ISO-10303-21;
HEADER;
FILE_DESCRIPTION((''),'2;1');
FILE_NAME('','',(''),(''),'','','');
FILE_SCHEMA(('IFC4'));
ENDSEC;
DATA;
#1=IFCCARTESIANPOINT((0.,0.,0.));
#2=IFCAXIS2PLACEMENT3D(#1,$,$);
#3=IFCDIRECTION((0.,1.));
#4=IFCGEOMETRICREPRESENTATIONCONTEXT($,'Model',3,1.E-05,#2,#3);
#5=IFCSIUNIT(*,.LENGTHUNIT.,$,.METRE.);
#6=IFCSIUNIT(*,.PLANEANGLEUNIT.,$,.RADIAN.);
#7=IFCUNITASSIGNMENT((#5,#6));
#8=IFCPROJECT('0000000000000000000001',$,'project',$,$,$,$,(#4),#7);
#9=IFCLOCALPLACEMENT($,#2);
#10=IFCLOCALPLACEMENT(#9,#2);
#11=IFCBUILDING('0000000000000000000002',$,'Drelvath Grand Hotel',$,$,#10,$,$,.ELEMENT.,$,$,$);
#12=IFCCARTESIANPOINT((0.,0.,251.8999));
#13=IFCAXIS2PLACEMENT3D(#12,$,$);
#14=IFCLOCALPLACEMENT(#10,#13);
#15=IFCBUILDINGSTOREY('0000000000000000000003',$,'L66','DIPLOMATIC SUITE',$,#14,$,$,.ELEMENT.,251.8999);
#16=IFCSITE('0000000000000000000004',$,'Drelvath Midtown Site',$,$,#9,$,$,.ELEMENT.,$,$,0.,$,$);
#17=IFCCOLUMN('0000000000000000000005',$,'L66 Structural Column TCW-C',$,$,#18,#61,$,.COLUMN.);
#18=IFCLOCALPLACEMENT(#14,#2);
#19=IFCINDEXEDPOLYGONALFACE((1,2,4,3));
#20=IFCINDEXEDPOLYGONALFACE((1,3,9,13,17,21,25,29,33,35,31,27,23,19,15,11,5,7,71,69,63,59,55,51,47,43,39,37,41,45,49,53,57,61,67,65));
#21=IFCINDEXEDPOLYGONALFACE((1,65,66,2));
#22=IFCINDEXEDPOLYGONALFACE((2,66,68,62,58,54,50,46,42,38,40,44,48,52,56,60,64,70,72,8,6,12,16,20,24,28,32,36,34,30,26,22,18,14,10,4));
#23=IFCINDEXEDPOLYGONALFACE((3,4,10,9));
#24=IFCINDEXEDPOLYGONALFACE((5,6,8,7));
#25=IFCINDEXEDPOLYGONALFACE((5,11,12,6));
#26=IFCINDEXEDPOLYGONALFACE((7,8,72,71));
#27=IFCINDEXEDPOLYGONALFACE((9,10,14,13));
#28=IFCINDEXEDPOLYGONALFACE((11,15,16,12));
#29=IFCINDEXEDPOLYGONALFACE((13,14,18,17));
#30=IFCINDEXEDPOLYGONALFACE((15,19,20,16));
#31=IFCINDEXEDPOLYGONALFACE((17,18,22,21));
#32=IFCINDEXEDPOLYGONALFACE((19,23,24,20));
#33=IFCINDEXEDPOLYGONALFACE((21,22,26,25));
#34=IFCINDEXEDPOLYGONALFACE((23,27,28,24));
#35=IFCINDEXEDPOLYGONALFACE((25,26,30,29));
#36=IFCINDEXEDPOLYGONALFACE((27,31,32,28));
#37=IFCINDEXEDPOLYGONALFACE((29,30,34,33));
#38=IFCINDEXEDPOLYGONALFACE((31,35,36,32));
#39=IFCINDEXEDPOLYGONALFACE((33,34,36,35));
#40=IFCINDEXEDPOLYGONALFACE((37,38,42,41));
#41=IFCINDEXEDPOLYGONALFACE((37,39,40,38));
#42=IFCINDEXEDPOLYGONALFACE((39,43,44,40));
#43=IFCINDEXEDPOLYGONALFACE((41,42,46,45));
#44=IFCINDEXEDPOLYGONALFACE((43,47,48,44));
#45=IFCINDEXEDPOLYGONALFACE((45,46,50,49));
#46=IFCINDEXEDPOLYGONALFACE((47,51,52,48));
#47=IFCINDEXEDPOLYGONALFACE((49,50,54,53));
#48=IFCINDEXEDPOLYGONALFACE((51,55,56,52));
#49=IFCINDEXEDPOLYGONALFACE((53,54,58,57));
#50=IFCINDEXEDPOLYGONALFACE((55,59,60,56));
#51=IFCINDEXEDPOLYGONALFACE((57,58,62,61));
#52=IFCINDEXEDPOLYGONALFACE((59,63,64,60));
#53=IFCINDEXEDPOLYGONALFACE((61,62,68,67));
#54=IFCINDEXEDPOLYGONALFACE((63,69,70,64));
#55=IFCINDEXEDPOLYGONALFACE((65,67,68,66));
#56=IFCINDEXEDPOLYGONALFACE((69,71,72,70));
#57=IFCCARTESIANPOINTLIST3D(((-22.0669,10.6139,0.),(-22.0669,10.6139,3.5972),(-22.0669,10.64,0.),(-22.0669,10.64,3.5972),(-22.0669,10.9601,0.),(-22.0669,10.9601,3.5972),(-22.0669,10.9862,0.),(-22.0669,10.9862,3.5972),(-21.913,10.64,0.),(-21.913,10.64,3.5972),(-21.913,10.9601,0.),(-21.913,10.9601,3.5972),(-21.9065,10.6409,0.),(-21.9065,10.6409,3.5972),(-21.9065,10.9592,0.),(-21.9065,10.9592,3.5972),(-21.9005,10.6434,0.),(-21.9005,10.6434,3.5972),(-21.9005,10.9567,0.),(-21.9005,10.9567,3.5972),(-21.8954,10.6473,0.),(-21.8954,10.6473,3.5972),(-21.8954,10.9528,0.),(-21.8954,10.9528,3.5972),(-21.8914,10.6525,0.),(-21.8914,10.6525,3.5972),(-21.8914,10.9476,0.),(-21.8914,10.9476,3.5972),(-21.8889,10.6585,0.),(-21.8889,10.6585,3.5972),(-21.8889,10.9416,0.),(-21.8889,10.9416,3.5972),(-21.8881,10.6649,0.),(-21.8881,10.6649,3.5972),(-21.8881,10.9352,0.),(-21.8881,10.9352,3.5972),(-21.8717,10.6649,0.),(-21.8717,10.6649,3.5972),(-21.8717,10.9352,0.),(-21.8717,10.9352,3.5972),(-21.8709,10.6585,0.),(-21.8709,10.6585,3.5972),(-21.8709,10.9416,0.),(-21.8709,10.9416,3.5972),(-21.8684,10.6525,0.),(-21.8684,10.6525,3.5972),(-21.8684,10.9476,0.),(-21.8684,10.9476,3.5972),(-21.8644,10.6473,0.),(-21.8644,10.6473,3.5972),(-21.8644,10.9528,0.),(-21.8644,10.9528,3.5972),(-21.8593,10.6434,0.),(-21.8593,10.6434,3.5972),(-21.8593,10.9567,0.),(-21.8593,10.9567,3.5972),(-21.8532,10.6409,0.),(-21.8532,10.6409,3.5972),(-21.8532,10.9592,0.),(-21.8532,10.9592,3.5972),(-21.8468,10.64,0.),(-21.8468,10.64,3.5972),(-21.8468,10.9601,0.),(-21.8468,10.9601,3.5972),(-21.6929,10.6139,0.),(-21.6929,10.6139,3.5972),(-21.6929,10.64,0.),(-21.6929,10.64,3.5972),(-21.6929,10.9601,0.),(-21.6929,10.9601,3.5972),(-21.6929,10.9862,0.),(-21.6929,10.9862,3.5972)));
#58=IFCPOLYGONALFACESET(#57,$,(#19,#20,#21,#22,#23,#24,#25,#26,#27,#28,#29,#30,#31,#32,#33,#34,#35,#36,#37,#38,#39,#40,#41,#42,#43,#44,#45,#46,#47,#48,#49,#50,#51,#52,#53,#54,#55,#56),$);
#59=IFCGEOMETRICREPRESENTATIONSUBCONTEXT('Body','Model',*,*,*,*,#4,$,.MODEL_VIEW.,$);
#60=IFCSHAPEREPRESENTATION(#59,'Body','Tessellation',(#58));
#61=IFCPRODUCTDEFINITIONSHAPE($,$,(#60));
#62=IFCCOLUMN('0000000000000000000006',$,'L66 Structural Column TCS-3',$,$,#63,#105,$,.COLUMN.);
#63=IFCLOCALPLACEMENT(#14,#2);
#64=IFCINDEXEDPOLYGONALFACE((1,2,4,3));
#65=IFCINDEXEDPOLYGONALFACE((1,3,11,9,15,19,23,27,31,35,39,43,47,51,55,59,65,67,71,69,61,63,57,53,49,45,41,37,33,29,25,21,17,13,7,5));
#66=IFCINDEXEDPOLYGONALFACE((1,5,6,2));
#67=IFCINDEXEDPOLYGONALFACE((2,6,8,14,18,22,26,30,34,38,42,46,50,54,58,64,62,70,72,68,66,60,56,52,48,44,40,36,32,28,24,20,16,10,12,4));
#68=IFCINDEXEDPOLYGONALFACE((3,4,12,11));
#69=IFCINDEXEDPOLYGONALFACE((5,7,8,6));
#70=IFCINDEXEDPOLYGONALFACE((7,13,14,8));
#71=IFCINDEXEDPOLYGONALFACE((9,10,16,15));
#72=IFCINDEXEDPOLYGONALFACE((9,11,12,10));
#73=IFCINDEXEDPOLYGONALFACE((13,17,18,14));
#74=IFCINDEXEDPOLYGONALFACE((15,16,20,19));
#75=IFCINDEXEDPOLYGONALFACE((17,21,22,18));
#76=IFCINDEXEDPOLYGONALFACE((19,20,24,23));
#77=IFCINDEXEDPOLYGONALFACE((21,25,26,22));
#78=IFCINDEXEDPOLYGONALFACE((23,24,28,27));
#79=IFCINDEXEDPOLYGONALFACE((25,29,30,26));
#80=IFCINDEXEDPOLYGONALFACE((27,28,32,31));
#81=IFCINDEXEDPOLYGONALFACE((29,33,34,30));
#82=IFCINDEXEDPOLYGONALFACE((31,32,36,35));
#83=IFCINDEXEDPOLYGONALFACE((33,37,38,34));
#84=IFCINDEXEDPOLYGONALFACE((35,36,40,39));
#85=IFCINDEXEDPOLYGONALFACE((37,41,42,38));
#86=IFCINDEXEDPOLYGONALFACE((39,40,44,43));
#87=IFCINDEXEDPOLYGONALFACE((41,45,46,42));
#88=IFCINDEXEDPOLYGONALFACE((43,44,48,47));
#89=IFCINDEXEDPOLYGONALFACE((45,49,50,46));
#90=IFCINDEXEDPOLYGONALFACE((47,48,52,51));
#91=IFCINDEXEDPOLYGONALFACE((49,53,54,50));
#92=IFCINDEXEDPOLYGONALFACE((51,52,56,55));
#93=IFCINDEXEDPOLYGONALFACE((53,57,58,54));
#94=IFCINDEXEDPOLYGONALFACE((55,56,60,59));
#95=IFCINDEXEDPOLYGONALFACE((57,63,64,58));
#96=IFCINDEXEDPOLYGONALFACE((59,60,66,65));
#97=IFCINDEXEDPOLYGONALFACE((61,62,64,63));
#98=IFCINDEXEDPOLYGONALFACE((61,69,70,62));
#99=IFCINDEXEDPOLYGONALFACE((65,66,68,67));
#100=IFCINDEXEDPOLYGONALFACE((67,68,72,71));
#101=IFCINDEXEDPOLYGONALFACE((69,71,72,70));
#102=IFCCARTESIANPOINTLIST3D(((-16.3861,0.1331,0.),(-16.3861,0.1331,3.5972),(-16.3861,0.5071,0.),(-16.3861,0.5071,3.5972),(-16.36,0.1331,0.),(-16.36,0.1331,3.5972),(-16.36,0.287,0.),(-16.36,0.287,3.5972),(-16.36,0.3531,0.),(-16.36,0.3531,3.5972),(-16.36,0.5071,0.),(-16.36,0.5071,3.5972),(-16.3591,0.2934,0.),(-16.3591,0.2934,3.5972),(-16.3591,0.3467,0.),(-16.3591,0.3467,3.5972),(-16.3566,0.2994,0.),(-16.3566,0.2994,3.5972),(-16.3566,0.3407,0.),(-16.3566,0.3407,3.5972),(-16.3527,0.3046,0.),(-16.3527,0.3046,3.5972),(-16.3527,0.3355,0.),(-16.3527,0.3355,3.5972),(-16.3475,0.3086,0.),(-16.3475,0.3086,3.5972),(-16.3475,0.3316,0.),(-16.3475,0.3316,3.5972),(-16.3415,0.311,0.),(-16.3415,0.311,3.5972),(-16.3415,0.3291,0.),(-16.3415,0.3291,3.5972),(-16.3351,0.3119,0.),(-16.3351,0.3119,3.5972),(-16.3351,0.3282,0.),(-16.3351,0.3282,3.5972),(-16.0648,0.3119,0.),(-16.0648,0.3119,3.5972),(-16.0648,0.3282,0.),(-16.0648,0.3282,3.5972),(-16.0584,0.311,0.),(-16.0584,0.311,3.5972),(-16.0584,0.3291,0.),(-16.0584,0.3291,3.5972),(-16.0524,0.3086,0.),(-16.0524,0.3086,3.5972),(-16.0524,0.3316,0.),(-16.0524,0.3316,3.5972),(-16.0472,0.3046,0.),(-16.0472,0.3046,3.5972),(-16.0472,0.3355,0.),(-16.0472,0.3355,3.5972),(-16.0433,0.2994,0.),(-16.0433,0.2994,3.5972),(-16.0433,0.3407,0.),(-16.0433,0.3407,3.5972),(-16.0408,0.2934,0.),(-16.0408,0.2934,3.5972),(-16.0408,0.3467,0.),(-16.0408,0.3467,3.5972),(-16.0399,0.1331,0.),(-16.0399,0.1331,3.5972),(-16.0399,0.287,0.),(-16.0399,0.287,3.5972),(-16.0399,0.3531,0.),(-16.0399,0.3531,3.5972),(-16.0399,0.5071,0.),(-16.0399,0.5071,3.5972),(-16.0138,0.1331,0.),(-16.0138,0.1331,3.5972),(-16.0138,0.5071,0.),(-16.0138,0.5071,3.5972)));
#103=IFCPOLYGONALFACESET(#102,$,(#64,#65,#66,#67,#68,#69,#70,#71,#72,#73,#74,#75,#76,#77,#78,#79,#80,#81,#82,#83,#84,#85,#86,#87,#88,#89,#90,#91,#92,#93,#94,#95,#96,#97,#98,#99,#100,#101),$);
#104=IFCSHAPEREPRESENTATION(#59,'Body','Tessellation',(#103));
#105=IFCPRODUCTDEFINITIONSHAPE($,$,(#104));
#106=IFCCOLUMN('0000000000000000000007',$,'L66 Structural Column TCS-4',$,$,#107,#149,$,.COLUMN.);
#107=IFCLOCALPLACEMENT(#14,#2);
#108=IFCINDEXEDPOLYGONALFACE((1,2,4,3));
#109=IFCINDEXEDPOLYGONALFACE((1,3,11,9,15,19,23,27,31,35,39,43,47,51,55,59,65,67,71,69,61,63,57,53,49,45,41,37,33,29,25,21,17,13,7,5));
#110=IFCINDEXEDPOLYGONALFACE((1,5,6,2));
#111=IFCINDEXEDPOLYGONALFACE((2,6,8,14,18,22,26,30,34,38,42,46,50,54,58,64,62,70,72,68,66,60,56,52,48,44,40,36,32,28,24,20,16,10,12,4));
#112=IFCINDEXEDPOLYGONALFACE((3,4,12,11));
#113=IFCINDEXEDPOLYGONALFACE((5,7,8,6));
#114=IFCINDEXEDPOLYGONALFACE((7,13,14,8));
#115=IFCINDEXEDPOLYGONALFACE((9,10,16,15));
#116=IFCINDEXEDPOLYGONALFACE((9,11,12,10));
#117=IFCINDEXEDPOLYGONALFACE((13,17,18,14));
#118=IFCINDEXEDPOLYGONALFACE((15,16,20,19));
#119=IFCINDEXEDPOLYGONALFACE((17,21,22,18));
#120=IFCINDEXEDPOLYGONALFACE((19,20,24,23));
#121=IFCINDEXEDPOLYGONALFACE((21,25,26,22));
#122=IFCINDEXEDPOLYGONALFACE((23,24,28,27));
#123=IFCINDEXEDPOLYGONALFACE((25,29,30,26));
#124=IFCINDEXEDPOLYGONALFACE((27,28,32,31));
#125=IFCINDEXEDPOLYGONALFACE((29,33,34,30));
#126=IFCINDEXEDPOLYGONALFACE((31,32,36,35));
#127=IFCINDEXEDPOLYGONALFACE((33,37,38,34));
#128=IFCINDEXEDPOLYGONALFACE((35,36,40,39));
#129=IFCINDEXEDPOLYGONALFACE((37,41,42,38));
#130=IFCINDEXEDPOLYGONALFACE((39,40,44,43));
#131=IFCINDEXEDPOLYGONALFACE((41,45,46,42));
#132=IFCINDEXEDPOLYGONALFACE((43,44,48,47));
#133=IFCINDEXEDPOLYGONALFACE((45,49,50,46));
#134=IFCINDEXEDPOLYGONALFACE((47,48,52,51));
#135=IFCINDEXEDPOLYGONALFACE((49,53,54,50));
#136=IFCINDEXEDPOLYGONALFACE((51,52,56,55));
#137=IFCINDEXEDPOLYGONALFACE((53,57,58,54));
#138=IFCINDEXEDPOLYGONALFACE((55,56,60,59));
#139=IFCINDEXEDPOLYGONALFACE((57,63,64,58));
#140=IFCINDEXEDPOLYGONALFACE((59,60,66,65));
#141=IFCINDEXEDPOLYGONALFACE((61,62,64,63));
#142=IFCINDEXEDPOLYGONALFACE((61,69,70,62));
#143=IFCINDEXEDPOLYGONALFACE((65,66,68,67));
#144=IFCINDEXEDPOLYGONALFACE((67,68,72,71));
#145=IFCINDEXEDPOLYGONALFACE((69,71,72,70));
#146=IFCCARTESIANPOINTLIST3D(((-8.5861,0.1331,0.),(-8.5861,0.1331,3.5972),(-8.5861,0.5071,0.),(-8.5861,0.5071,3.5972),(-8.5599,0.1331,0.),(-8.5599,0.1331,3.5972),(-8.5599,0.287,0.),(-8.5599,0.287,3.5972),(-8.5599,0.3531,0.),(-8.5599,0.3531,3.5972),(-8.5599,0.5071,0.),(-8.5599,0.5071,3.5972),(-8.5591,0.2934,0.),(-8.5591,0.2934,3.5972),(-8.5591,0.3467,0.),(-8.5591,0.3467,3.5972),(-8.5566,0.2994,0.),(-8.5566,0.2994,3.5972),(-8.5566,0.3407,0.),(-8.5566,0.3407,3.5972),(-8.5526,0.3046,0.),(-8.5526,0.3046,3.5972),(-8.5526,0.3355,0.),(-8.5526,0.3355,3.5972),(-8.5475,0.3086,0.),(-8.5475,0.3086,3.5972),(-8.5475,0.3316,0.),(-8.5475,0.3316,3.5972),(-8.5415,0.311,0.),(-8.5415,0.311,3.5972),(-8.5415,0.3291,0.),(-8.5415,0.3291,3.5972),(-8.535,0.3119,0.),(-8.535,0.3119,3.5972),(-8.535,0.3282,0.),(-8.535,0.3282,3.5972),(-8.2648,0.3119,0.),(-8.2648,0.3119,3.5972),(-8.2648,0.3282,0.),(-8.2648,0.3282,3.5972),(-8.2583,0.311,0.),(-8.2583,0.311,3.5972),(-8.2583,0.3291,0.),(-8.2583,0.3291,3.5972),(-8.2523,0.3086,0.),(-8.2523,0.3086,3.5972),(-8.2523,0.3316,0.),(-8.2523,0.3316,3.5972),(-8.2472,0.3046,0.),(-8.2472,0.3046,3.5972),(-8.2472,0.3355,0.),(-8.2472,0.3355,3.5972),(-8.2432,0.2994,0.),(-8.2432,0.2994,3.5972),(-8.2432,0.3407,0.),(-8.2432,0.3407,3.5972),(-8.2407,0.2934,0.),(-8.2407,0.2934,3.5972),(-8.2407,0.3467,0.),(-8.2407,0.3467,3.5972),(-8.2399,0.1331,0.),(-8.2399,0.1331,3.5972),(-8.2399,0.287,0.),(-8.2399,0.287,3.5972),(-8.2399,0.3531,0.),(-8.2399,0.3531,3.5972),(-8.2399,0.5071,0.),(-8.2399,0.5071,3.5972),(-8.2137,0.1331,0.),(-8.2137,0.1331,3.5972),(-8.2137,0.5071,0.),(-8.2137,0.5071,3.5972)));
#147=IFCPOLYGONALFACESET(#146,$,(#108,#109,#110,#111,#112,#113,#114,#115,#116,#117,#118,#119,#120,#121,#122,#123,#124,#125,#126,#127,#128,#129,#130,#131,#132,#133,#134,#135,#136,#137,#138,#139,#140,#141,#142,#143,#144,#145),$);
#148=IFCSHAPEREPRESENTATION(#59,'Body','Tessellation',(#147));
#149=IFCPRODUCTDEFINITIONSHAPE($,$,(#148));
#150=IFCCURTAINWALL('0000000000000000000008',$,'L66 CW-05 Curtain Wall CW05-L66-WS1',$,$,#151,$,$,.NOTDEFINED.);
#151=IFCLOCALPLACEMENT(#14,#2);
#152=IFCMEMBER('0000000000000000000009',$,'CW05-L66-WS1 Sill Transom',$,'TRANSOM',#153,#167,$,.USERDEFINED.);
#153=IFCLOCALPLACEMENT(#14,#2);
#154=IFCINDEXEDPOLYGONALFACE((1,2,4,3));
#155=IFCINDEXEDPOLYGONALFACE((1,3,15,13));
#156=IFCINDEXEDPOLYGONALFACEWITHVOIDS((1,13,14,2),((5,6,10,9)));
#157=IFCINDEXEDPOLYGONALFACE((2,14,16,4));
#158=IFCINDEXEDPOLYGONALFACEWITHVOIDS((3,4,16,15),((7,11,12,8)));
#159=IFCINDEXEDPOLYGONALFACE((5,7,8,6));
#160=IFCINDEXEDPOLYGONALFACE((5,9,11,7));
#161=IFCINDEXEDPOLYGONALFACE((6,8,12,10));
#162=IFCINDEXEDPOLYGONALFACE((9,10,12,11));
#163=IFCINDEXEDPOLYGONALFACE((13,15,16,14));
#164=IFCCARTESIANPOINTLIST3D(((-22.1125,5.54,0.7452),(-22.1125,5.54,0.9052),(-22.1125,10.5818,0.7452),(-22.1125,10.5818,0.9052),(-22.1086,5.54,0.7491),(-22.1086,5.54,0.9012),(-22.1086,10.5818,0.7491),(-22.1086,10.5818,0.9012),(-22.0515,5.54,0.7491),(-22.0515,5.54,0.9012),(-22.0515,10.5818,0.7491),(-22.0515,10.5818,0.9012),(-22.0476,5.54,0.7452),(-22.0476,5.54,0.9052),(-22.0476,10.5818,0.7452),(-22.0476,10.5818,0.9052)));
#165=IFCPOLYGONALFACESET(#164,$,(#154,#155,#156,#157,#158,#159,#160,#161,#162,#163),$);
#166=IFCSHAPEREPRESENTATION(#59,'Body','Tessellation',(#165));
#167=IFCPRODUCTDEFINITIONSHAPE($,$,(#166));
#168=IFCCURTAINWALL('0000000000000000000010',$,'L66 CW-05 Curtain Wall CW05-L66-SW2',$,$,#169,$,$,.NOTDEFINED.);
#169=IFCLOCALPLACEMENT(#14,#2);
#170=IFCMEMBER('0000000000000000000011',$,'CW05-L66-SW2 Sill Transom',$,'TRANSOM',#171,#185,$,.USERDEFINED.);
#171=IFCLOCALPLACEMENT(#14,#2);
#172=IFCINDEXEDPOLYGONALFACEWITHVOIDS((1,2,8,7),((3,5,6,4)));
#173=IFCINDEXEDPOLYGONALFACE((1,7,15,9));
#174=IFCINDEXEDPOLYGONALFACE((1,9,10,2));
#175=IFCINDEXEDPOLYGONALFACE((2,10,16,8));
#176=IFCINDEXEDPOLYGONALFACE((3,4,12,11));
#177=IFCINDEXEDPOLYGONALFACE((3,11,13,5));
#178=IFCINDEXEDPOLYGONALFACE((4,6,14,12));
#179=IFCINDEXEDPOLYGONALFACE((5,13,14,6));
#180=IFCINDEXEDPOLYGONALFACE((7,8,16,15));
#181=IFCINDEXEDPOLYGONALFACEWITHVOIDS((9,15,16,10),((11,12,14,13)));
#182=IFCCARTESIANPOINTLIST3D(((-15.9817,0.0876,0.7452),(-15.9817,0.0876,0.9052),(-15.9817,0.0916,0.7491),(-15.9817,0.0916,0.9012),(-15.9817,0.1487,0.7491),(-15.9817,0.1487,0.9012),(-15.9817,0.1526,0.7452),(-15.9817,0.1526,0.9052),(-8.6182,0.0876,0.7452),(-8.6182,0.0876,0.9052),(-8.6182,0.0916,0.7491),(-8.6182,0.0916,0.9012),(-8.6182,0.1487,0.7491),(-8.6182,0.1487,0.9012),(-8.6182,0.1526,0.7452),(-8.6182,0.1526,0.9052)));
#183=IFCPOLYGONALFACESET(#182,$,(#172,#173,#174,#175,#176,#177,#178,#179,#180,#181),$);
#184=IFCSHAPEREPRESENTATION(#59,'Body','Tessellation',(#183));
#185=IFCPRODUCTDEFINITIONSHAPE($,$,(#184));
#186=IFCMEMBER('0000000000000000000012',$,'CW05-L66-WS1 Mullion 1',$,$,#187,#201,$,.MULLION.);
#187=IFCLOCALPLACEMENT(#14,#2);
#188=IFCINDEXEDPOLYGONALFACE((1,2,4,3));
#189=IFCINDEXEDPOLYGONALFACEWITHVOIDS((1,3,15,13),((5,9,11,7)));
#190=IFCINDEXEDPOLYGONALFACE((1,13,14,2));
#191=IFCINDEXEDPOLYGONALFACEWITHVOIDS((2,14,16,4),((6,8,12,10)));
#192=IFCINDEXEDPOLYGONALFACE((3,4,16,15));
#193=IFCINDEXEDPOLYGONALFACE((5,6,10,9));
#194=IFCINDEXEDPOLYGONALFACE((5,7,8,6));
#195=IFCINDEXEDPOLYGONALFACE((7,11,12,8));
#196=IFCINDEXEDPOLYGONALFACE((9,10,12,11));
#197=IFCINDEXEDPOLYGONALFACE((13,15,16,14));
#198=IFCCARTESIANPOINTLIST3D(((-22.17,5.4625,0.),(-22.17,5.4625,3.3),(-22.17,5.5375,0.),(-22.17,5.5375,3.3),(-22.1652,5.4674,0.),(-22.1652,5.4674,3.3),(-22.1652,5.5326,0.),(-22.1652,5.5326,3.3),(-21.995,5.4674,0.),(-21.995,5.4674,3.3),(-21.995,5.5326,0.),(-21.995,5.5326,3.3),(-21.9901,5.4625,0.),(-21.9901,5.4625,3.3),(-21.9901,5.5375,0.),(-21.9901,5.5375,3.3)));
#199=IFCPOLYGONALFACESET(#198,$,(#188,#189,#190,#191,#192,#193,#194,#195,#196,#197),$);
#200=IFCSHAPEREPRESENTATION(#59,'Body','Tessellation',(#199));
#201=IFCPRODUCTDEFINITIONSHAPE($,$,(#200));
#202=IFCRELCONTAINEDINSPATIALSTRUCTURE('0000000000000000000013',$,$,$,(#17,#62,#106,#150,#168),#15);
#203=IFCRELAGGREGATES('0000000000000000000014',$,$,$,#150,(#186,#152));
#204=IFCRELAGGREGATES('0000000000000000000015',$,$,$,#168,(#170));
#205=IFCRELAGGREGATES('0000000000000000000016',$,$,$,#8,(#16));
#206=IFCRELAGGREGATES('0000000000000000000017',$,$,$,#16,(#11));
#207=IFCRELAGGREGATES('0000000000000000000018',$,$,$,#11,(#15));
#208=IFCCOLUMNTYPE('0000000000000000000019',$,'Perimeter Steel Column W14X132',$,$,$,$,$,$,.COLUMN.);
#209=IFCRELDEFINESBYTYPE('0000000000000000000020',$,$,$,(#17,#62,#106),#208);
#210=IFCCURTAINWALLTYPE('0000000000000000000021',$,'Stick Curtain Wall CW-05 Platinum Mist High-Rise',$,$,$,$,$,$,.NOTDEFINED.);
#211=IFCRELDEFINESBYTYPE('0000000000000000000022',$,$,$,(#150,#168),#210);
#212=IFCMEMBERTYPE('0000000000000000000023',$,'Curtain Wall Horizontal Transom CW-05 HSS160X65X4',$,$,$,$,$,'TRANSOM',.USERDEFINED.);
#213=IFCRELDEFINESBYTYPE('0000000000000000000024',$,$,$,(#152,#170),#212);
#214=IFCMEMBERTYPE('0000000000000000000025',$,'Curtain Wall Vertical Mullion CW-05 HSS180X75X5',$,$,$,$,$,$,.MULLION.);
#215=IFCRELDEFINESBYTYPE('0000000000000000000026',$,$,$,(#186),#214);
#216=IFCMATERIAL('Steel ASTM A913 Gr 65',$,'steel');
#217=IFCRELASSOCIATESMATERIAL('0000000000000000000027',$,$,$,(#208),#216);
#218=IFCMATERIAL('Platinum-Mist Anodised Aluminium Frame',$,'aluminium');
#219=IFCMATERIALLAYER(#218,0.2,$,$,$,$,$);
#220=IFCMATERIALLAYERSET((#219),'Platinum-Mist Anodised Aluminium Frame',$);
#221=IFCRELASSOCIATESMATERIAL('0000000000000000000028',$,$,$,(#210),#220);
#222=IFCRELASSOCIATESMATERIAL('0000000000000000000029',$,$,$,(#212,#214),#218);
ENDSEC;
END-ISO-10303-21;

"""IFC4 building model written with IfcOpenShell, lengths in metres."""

from ifc_helpers import new_model, si_unit, direction, frame, origin, origin_2d, place, context, subcontext, project, spatial, hollow_rectangle, i_section, extrude, material, layer, layer_set, material_profile, profile_set, type_object, element, aggregate, save


model = new_model("IFC4")

# Units and contexts
model_context = context("Model", 3, precision=1e-05, world=origin(), true_north=direction((0.0, 1.0)))
body_context = subcontext(model_context, "Body", "Model", "MODEL_VIEW")
ifc_project = project(units=[si_unit("LENGTHUNIT", "METRE"), si_unit("PLANEANGLEUNIT", "RADIAN")], contexts=[model_context])

# Site, building, storey
site_placement = place(None, origin())
site = spatial("IfcSite", under=ifc_project, at=site_placement, Name="Drelvath Midtown Site", CompositionType="ELEMENT", RefElevation=0.0)
building_placement = place(site_placement, origin())
building = spatial("IfcBuilding", under=site, at=building_placement, Name="Drelvath Grand Hotel", CompositionType="ELEMENT")
storey_placement = place(building_placement, frame((0.0, 0.0, 251.8999)))
storey = spatial("IfcBuildingStorey", under=building, at=storey_placement, Name="L66", Description="DIPLOMATIC SUITE", CompositionType="ELEMENT", Elevation=251.8999)

# Columns
ifc_material_1 = material(Name="Steel ASTM A913 Gr 65", Category="steel")
ifc_material_profile_1 = material_profile(ifc_material_1, i_section(OverallWidth=0.374, OverallDepth=0.3723, WebThickness=0.0164, FlangeThickness=0.0261, FilletRadius=0.0249, at=origin_2d()), Name="W14X132")
ifc_profile_set_1 = profile_set([ifc_material_profile_1], Name="Steel ASTM A913 Gr 65")
column_type = type_object("IfcColumnType", Name="Perimeter Steel Column W14X132", PredefinedType="COLUMN", material=ifc_profile_set_1)
for number, where, z_axis, x_axis, name in (
    (1, (-21.8799, 10.8, 0.0), (0.0, 0.0, 1.0), (1.0, 0.0, 0.0), "L66 Structural Column TCW-C"),
    (2, (-16.2, 0.3201, 0.0), (0.0, 0.0, 1.0), (0.0, 1.0, 0.0), "L66 Structural Column TCS-3"),
    (3, (-8.3999, 0.3201, 0.0), (0.0, 0.0, 1.0), (0.0, 1.0, 0.0), "L66 Structural Column TCS-4"),
):
    element("IfcColumn", number, at=place(storey_placement, frame(where, z_axis=z_axis, x_axis=x_axis)), inside=storey, type_object=column_type, Name=name, PredefinedType="COLUMN", context=body_context, shape_type="SweptSolid", body=[
        extrude(i_section(OverallWidth=0.374, OverallDepth=0.3723, WebThickness=0.0164, FlangeThickness=0.0261, FilletRadius=0.0249, at=origin_2d()), origin(), (0.0, 0.0, 1.0), 3.5972),
    ])

# Curtain walls, members
ifc_material_2 = material(Name="Platinum-Mist Anodised Aluminium Frame", Category="aluminium")
ifc_layer_1 = layer(ifc_material_2, 0.2)
ifc_layer_set_1 = layer_set([ifc_layer_1], Name="Platinum-Mist Anodised Aluminium Frame")
curtain_wall_type = type_object("IfcCurtainWallType", Name="Stick Curtain Wall CW-05 Platinum Mist High-Rise", PredefinedType="NOTDEFINED", material=ifc_layer_set_1)
curtain_wall_1_placement = place(storey_placement, origin())
curtain_wall_1 = element("IfcCurtainWall", 4, at=curtain_wall_1_placement, inside=storey, type_object=curtain_wall_type, Name="L66 CW-05 Curtain Wall CW05-L66-WS1", PredefinedType="NOTDEFINED")
ifc_material_profile_2 = material_profile(ifc_material_2, hollow_rectangle(XDim=0.0649, YDim=0.1599, WallThickness=0.0039, at=origin_2d()), Name="HSS160X65X4")
ifc_profile_set_2 = profile_set([ifc_material_profile_2], Name="Platinum-Mist Anodised Aluminium Frame")
member_type_1 = type_object("IfcMemberType", Name="Curtain Wall Horizontal Transom CW-05 HSS160X65X4", ElementType="TRANSOM", PredefinedType="USERDEFINED", material=ifc_profile_set_2)
member_1_placement = place(storey_placement, frame((-22.0801, 5.54, 0.8252), z_axis=(0.0, 1.0, 0.0), x_axis=(-1.0, 0.0, 0.0)))
member_1 = element("IfcMember", 5, at=member_1_placement, type_object=member_type_1, Name="CW05-L66-WS1 Sill Transom", ObjectType="TRANSOM", PredefinedType="USERDEFINED", context=body_context, shape_type="SweptSolid", body=[
    extrude(hollow_rectangle(XDim=0.0649, YDim=0.1599, WallThickness=0.0039, at=origin_2d()), origin(), (0.0, 0.0, 1.0), 5.0417),
])
curtain_wall_2_placement = place(storey_placement, origin())
curtain_wall_2 = element("IfcCurtainWall", 6, at=curtain_wall_2_placement, inside=storey, type_object=curtain_wall_type, Name="L66 CW-05 Curtain Wall CW05-L66-SW2", PredefinedType="NOTDEFINED")
member_2_placement = place(storey_placement, frame((-8.6182, 0.1201, 0.8252), z_axis=(-1.0, 0.0, 0.0), x_axis=(0.0, -1.0, 0.0)))
member_2 = element("IfcMember", 7, at=member_2_placement, type_object=member_type_1, Name="CW05-L66-SW2 Sill Transom", ObjectType="TRANSOM", PredefinedType="USERDEFINED", context=body_context, shape_type="SweptSolid", body=[
    extrude(hollow_rectangle(XDim=0.0649, YDim=0.1599, WallThickness=0.0039, at=origin_2d()), origin(), (0.0, 0.0, 1.0), 7.3635),
])

# Member
ifc_material_profile_3 = material_profile(ifc_material_2, hollow_rectangle(XDim=0.075, YDim=0.1799, WallThickness=0.0049, at=origin_2d()), Name="HSS180X75X5")
ifc_profile_set_3 = profile_set([ifc_material_profile_3], Name="Platinum-Mist Anodised Aluminium Frame")
member_type_2 = type_object("IfcMemberType", Name="Curtain Wall Vertical Mullion CW-05 HSS180X75X5", PredefinedType="MULLION", material=ifc_profile_set_3)
member_3_placement = place(storey_placement, frame((-22.0801, 5.5, 0.0), z_axis=(0.0, 0.0, 1.0), x_axis=(0.0, 1.0, 0.0)))
member_3 = element("IfcMember", 8, at=member_3_placement, type_object=member_type_2, Name="CW05-L66-WS1 Mullion 1", PredefinedType="MULLION", context=body_context, shape_type="SweptSolid", body=[
    extrude(hollow_rectangle(XDim=0.075, YDim=0.1799, WallThickness=0.0049, at=origin_2d()), origin(), (0.0, 0.0, 1.0), 3.3),
])

aggregate(curtain_wall_1, [member_3, member_1])
aggregate(curtain_wall_2, [member_2])

save(model, "model.ifc")
